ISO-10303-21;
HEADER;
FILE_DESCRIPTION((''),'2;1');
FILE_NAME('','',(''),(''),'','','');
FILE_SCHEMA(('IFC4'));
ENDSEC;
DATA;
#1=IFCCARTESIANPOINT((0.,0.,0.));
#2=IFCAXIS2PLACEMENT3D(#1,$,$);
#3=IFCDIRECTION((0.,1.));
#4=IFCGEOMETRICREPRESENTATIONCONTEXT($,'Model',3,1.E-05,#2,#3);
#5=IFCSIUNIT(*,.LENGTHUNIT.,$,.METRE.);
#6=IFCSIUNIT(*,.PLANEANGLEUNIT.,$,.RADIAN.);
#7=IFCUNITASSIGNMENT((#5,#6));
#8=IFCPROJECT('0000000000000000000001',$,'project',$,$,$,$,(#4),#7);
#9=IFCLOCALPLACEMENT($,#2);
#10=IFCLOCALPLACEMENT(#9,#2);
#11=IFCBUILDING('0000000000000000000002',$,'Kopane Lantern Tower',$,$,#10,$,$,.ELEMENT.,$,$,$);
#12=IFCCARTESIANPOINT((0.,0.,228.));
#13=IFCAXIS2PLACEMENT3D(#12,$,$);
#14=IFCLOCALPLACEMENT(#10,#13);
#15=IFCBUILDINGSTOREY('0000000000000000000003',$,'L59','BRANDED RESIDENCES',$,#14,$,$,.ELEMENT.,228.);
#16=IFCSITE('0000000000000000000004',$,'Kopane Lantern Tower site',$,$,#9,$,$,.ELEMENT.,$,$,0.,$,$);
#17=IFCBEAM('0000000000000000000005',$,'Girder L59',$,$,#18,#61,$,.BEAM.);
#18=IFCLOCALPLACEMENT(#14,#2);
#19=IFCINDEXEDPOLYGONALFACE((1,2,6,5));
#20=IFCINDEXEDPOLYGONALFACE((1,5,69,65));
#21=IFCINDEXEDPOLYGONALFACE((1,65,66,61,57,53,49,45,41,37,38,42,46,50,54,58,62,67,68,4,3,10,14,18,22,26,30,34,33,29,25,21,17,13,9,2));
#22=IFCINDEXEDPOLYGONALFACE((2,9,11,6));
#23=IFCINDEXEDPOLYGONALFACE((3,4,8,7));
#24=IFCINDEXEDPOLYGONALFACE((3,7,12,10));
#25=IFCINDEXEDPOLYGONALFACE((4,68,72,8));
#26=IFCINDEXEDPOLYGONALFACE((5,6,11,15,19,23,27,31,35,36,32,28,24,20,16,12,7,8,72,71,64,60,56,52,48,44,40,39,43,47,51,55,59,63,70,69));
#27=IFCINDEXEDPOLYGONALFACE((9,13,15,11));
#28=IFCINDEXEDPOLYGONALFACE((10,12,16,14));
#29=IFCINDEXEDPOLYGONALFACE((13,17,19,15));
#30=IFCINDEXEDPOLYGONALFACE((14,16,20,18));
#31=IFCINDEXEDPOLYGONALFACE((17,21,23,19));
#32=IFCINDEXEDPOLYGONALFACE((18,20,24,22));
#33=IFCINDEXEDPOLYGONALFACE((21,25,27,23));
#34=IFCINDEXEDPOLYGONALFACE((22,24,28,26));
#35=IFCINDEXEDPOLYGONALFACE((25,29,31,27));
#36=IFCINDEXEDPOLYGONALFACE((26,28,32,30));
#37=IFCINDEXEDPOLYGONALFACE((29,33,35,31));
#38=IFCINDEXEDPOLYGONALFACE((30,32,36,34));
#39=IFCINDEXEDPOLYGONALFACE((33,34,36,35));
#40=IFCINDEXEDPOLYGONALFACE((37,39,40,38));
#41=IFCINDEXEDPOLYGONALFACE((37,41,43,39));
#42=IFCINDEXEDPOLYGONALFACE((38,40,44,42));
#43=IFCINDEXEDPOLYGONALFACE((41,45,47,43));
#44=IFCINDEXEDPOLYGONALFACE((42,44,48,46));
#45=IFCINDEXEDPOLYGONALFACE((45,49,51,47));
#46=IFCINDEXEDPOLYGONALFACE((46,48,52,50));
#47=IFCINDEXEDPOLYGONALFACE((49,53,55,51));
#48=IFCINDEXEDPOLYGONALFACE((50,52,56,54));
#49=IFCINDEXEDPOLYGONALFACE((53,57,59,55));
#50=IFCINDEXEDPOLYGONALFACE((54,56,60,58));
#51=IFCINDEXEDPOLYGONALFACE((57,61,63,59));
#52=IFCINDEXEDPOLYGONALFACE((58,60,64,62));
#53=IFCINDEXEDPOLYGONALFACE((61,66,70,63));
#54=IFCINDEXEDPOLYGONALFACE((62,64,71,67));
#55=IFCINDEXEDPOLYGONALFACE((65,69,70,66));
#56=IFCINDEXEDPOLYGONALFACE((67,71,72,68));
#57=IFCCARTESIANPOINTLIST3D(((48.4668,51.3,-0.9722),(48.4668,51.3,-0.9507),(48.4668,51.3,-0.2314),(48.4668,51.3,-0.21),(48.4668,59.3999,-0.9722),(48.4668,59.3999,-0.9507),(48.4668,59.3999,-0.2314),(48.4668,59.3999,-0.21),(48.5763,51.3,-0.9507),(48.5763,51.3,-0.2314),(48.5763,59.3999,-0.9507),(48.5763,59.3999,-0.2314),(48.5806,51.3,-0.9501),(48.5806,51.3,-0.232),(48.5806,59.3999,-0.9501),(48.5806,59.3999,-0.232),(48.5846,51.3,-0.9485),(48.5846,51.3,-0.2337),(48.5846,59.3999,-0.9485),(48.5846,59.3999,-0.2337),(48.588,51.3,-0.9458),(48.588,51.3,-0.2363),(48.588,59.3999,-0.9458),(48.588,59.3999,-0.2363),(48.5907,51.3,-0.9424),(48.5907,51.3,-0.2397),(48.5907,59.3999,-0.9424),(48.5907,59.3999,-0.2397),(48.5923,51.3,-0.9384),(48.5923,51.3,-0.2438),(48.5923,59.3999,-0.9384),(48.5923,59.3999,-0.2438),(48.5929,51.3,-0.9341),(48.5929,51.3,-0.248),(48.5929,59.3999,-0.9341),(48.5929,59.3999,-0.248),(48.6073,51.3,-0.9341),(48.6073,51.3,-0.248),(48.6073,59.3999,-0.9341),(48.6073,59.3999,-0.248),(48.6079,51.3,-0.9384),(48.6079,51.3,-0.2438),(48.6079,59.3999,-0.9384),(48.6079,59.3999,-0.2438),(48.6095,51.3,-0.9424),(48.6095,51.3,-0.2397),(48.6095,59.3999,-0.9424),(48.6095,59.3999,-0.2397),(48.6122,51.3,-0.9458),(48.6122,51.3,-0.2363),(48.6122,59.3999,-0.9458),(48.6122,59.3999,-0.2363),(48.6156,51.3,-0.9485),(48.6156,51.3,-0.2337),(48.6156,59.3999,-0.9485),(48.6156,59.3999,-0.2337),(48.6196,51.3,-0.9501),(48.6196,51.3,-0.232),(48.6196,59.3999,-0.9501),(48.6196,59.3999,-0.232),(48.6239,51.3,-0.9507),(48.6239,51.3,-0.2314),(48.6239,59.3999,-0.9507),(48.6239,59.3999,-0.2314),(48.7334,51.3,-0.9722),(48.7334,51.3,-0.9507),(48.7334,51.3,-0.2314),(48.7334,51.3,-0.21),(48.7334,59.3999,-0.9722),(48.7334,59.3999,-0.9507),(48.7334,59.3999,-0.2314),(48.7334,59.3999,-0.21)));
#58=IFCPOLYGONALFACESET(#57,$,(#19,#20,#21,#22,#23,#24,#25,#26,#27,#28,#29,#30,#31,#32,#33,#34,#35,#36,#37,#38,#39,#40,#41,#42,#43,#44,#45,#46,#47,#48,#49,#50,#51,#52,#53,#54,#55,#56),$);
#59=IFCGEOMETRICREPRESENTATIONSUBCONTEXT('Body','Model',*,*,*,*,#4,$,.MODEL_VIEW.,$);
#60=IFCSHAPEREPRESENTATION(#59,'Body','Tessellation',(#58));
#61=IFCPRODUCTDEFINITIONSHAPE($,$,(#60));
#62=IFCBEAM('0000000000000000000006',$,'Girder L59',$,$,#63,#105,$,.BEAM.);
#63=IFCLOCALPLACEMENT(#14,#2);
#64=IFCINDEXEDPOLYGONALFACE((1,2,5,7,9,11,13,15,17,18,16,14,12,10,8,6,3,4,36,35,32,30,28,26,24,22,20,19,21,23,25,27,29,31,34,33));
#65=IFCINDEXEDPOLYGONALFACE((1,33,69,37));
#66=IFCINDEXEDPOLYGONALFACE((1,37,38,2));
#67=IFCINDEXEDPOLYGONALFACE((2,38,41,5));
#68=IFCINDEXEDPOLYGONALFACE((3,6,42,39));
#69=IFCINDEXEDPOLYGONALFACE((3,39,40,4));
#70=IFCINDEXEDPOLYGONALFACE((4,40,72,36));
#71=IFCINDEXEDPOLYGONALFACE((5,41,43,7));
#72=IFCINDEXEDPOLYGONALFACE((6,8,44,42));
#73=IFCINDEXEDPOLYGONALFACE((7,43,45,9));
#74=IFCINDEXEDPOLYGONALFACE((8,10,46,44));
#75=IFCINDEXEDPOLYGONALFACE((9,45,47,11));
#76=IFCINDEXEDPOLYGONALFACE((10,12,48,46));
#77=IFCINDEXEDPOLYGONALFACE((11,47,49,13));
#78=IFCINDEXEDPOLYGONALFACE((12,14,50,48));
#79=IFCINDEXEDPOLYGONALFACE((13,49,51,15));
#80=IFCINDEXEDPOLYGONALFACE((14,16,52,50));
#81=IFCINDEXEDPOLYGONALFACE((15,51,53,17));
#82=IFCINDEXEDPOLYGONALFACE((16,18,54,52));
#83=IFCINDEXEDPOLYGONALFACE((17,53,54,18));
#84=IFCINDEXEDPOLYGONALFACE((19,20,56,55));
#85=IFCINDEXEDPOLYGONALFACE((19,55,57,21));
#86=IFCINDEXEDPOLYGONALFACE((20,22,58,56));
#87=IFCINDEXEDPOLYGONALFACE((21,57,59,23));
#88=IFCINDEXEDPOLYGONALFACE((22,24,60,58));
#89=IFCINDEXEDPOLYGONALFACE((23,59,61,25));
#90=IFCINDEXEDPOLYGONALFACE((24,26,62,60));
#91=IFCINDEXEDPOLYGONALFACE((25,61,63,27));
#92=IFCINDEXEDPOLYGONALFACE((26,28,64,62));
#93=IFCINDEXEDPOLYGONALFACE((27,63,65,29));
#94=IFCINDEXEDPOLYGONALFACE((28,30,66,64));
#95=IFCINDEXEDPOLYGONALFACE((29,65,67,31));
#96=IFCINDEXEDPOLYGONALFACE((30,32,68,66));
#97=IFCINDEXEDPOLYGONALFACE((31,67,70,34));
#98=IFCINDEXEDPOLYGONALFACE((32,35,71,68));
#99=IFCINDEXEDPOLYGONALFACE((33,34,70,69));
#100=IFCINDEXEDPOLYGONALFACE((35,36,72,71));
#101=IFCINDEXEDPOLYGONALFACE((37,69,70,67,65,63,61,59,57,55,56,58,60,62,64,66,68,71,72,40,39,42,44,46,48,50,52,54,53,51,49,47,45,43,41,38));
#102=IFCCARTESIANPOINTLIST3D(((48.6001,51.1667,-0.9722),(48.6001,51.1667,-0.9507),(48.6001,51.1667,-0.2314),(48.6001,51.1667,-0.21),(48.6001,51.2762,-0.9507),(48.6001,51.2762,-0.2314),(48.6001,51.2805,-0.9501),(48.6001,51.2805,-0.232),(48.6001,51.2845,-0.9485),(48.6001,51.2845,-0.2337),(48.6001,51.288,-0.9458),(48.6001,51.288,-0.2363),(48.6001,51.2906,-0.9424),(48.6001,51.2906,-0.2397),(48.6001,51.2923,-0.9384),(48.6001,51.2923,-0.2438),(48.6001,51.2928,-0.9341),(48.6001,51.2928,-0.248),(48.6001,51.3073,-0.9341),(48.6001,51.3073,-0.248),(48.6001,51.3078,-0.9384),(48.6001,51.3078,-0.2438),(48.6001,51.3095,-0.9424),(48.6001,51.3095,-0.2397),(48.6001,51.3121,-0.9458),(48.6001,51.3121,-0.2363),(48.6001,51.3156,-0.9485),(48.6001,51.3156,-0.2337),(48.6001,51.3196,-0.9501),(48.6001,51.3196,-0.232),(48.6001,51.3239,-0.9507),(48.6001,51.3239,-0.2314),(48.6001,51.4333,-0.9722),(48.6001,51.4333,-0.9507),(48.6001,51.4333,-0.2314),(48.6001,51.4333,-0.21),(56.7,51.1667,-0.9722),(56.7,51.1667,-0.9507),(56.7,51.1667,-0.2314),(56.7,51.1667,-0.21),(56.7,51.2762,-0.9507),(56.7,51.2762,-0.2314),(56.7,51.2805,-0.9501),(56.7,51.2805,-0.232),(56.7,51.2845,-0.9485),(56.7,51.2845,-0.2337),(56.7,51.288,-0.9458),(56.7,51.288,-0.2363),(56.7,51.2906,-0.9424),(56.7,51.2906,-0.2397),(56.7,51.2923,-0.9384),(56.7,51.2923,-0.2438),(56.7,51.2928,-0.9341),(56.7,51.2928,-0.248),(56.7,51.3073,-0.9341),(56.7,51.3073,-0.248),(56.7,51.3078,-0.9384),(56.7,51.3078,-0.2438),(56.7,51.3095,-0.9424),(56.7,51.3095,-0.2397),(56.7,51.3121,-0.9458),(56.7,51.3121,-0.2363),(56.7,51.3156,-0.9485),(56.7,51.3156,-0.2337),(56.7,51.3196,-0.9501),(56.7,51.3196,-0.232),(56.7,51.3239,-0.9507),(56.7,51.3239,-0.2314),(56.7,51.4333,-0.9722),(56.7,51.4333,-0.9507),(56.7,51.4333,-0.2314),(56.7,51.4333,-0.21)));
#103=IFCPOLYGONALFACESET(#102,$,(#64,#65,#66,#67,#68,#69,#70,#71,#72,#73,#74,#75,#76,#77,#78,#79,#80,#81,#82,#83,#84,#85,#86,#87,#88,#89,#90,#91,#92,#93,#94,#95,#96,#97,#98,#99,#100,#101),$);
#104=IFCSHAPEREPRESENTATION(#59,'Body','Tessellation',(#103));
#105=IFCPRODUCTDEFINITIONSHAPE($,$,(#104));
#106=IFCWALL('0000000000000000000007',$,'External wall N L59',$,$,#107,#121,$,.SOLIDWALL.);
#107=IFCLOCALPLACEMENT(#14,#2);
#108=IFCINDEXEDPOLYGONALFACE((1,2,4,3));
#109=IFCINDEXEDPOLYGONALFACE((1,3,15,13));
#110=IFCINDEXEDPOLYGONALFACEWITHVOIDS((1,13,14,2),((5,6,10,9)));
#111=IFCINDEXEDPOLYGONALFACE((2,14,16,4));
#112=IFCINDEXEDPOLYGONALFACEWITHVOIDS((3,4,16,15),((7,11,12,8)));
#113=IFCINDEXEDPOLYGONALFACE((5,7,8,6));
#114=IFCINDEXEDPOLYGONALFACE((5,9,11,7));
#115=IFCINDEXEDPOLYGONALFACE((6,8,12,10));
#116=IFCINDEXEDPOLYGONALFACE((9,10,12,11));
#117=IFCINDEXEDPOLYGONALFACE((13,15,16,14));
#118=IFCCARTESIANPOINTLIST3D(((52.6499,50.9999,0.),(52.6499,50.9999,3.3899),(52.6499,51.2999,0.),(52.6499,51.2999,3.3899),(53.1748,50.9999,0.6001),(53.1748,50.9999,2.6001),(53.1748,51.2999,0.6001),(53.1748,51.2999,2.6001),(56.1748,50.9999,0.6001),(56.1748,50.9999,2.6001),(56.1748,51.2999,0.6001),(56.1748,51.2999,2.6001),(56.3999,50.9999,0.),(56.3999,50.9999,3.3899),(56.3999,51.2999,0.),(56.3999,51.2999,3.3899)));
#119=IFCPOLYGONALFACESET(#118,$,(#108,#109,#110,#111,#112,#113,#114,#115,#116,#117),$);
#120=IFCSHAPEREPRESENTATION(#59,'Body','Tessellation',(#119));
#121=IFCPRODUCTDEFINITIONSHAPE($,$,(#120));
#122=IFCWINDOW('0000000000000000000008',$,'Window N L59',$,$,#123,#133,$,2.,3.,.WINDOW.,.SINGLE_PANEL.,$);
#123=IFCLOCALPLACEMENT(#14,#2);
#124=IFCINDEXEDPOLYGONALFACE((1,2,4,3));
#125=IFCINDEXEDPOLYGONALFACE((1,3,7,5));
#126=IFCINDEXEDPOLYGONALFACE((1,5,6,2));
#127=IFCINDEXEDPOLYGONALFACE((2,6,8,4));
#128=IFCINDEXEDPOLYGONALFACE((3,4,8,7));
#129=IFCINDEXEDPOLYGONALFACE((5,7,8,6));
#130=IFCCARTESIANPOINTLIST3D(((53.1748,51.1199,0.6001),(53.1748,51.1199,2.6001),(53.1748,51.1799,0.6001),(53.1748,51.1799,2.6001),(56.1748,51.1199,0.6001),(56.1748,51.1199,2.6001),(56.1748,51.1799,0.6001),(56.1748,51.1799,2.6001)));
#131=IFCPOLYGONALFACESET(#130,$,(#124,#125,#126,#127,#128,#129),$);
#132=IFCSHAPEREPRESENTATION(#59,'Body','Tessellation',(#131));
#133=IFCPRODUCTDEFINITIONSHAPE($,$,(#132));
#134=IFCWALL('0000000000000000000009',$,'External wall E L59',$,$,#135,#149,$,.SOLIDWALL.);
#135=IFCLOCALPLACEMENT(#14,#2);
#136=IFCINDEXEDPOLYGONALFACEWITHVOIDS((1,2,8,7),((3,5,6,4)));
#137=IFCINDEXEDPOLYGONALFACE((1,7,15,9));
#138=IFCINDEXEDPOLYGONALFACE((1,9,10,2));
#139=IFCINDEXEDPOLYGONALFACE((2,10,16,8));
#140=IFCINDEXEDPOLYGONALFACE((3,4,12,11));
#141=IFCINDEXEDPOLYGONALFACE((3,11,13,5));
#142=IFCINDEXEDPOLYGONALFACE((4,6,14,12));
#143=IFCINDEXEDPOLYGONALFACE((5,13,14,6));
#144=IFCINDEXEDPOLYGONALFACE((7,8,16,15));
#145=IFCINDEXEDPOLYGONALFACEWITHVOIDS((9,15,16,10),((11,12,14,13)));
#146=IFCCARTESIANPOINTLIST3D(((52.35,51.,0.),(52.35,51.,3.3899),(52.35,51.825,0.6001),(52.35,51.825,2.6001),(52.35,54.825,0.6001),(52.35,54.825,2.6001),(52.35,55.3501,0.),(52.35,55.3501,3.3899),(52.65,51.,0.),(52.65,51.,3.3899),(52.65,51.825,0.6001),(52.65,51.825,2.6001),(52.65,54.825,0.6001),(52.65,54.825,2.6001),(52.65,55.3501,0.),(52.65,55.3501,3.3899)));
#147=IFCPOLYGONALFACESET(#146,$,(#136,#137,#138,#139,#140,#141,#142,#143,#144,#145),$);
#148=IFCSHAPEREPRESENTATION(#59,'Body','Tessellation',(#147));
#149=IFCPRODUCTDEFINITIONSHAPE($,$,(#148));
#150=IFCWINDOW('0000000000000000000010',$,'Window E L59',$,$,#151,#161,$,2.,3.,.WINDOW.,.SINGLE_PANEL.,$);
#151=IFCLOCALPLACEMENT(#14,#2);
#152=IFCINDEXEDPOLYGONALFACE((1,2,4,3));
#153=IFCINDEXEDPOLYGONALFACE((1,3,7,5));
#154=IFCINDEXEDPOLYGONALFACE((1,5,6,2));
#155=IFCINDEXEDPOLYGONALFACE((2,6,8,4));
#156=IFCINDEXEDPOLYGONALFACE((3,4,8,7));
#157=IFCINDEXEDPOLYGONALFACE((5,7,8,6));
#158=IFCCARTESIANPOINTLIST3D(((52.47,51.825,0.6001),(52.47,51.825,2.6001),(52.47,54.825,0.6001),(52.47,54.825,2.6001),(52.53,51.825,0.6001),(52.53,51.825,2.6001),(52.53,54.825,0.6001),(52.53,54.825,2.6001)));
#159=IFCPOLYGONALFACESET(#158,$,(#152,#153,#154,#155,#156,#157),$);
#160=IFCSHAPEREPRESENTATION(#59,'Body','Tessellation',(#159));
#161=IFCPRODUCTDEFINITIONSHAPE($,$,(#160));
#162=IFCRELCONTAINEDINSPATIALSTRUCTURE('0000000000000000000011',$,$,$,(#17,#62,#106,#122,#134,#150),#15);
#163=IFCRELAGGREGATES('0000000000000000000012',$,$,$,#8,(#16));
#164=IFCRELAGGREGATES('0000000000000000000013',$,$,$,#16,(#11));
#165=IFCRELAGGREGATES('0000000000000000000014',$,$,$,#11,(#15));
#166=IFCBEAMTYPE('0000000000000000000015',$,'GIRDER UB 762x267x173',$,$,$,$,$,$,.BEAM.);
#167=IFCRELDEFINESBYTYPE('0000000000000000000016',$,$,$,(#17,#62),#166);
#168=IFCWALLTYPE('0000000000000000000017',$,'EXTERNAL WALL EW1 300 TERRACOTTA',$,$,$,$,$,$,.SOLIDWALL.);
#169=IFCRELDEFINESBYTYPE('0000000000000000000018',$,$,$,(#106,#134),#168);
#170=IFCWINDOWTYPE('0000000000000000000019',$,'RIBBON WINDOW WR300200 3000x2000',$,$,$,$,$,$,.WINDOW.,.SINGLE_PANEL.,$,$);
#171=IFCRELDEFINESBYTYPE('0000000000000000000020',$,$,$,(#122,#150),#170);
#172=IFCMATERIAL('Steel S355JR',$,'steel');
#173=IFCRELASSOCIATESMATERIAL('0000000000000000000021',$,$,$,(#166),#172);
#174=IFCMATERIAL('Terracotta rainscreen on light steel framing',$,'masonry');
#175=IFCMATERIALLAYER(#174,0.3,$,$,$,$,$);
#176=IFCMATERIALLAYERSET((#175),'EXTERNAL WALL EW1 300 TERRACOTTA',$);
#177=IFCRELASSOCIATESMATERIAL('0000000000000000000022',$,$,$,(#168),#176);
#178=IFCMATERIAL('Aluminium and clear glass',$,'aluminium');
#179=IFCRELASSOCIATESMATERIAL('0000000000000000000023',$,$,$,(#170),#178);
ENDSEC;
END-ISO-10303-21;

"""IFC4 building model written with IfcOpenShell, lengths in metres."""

from ifc_helpers import new_model, si_unit, direction, frame, frame_2d, origin, origin_2d, place, context, subcontext, project, spatial, rectangle, i_section, extrude, material, layer, layer_set, material_profile, profile_set, type_object, element, fill, save


model = new_model("IFC4")

# Units and contexts
model_context = context("Model", 3, precision=1e-05, world=origin(), true_north=direction((0.0, 1.0)))
body_context = subcontext(model_context, "Body", "Model", "MODEL_VIEW")
ifc_project = project(units=[si_unit("LENGTHUNIT", "METRE"), si_unit("PLANEANGLEUNIT", "RADIAN")], contexts=[model_context])

# Site, building, storey
site_placement = place(None, origin())
site = spatial("IfcSite", under=ifc_project, at=site_placement, Name="Kopane Lantern Tower site", CompositionType="ELEMENT", RefElevation=0.0)
building_placement = place(site_placement, origin())
building = spatial("IfcBuilding", under=site, at=building_placement, Name="Kopane Lantern Tower", CompositionType="ELEMENT")
storey_placement = place(building_placement, frame((0.0, 0.0, 228.0)))
storey = spatial("IfcBuildingStorey", under=building, at=storey_placement, Name="L59", Description="BRANDED RESIDENCES", CompositionType="ELEMENT", Elevation=228.0)

# Beams
ifc_material_1 = material(Name="Steel S355JR", Category="steel")
ifc_material_profile_1 = material_profile(ifc_material_1, i_section(OverallWidth=0.2666, OverallDepth=0.7622, WebThickness=0.0144, FlangeThickness=0.0215, FilletRadius=0.0166, at=origin_2d()), Name="UB 762x267x173")
ifc_profile_set_1 = profile_set([ifc_material_profile_1], Name="Steel S355JR")
beam_type_1 = type_object("IfcBeamType", Name="GIRDER UB 762x267x173", PredefinedType="BEAM", material=ifc_profile_set_1)
for number, where, z_axis, x_axis, name in (
    (1, (48.6001, 51.3, -0.5911), (0.0, 1.0, 0.0), (-1.0, 0.0, 0.0), "Girder L59"),
    (2, (48.6001, 51.3, -0.5911), (1.0, 0.0, 0.0), (0.0, 1.0, 0.0), "Girder L59"),
):
    element("IfcBeam", number, at=place(storey_placement, frame(where, z_axis=z_axis, x_axis=x_axis)), inside=storey, type_object=beam_type_1, Name=name, PredefinedType="BEAM", context=body_context, shape_type="SweptSolid", body=[
        extrude(i_section(OverallWidth=0.2666, OverallDepth=0.7622, WebThickness=0.0144, FlangeThickness=0.0215, FilletRadius=0.0166, at=origin_2d()), origin(), (0.0, 0.0, 1.0), 8.0999),
    ])

# Walls, openings, windows
ifc_material_2 = material(Name="Terracotta rainscreen on light steel framing", Category="masonry")
ifc_layer = layer(ifc_material_2, 0.3)
ifc_layer_set = layer_set([ifc_layer], Name="EXTERNAL WALL EW1 300 TERRACOTTA")
wall_type = type_object("IfcWallType", Name="EXTERNAL WALL EW1 300 TERRACOTTA", PredefinedType="SOLIDWALL", material=ifc_layer_set)
wall_1_placement = place(storey_placement, frame((56.3999, 51.1499, 0.0), z_axis=(0.0, 0.0, 1.0), x_axis=(-1.0, 0.0, 0.0)))
wall_1 = element("IfcWall", 3, at=wall_1_placement, inside=storey, type_object=wall_type, Name="External wall N L59", PredefinedType="SOLIDWALL", context=body_context, shape_type="SweptSolid", body=[
    extrude(rectangle(XDim=3.75, YDim=0.3, at=frame_2d((1.875, 0.0))), origin(), (0.0, 0.0, 1.0), 3.3899),
])
opening_1_placement = place(wall_1_placement, frame((0.2251, 0.0, 0.6001)))
opening_1 = element("IfcOpeningElement", 4, at=opening_1_placement, cuts=wall_1, PredefinedType="OPENING", context=body_context, shape_type="SweptSolid", body=[
    extrude(rectangle(XDim=3.0, YDim=2.0, at=frame_2d((1.5, 1.0))), frame((0.0, 0.1599, 0.0), z_axis=(0.0, -1.0, 0.0), x_axis=(1.0, 0.0, 0.0)), (0.0, 0.0, 1.0), 0.3201),
])
ifc_material_3 = material(Name="Aluminium and clear glass", Category="aluminium")
window_type = type_object("IfcWindowType", Name="RIBBON WINDOW WR300200 3000x2000", PartitioningType="SINGLE_PANEL", PredefinedType="WINDOW", material=ifc_material_3)
window_1_placement = place(opening_1_placement, origin())
window_1 = element("IfcWindow", 5, at=window_1_placement, inside=storey, type_object=window_type, Name="Window N L59", OverallHeight=2.0, OverallWidth=3.0, PartitioningType="SINGLE_PANEL", PredefinedType="WINDOW", context=body_context, shape_type="SweptSolid", body=[
    extrude(rectangle(XDim=3.0, YDim=2.0, at=frame_2d((1.5, 1.0))), frame((0.0, 0.03, 0.0), z_axis=(0.0, -1.0, 0.0), x_axis=(1.0, 0.0, 0.0)), (0.0, 0.0, 1.0), 0.0601),
])
fill(opening_1, window_1)
wall_2_placement = place(storey_placement, frame((52.5, 51.0, 0.0), z_axis=(0.0, 0.0, 1.0), x_axis=(0.0, 1.0, 0.0)))
wall_2 = element("IfcWall", 6, at=wall_2_placement, inside=storey, type_object=wall_type, Name="External wall E L59", PredefinedType="SOLIDWALL", context=body_context, shape_type="SweptSolid", body=[
    extrude(rectangle(XDim=4.3501, YDim=0.3, at=frame_2d((2.175, 0.0))), origin(), (0.0, 0.0, 1.0), 3.3899),
])
opening_2_placement = place(wall_2_placement, frame((0.825, 0.0, 0.6001)))
opening_2 = element("IfcOpeningElement", 7, at=opening_2_placement, cuts=wall_2, PredefinedType="OPENING", context=body_context, shape_type="SweptSolid", body=[
    extrude(rectangle(XDim=3.0, YDim=2.0, at=frame_2d((1.5, 1.0))), frame((0.0, 0.1599, 0.0), z_axis=(0.0, -1.0, 0.0), x_axis=(1.0, 0.0, 0.0)), (0.0, 0.0, 1.0), 0.3201),
])
window_2_placement = place(opening_2_placement, origin())
window_2 = element("IfcWindow", 8, at=window_2_placement, inside=storey, type_object=window_type, Name="Window E L59", OverallHeight=2.0, OverallWidth=3.0, PartitioningType="SINGLE_PANEL", PredefinedType="WINDOW", context=body_context, shape_type="SweptSolid", body=[
    extrude(rectangle(XDim=3.0, YDim=2.0, at=frame_2d((1.5, 1.0))), frame((0.0, 0.03, 0.0), z_axis=(0.0, -1.0, 0.0), x_axis=(1.0, 0.0, 0.0)), (0.0, 0.0, 1.0), 0.0601),
])
fill(opening_2, window_2)

save(model, "model.ifc")
